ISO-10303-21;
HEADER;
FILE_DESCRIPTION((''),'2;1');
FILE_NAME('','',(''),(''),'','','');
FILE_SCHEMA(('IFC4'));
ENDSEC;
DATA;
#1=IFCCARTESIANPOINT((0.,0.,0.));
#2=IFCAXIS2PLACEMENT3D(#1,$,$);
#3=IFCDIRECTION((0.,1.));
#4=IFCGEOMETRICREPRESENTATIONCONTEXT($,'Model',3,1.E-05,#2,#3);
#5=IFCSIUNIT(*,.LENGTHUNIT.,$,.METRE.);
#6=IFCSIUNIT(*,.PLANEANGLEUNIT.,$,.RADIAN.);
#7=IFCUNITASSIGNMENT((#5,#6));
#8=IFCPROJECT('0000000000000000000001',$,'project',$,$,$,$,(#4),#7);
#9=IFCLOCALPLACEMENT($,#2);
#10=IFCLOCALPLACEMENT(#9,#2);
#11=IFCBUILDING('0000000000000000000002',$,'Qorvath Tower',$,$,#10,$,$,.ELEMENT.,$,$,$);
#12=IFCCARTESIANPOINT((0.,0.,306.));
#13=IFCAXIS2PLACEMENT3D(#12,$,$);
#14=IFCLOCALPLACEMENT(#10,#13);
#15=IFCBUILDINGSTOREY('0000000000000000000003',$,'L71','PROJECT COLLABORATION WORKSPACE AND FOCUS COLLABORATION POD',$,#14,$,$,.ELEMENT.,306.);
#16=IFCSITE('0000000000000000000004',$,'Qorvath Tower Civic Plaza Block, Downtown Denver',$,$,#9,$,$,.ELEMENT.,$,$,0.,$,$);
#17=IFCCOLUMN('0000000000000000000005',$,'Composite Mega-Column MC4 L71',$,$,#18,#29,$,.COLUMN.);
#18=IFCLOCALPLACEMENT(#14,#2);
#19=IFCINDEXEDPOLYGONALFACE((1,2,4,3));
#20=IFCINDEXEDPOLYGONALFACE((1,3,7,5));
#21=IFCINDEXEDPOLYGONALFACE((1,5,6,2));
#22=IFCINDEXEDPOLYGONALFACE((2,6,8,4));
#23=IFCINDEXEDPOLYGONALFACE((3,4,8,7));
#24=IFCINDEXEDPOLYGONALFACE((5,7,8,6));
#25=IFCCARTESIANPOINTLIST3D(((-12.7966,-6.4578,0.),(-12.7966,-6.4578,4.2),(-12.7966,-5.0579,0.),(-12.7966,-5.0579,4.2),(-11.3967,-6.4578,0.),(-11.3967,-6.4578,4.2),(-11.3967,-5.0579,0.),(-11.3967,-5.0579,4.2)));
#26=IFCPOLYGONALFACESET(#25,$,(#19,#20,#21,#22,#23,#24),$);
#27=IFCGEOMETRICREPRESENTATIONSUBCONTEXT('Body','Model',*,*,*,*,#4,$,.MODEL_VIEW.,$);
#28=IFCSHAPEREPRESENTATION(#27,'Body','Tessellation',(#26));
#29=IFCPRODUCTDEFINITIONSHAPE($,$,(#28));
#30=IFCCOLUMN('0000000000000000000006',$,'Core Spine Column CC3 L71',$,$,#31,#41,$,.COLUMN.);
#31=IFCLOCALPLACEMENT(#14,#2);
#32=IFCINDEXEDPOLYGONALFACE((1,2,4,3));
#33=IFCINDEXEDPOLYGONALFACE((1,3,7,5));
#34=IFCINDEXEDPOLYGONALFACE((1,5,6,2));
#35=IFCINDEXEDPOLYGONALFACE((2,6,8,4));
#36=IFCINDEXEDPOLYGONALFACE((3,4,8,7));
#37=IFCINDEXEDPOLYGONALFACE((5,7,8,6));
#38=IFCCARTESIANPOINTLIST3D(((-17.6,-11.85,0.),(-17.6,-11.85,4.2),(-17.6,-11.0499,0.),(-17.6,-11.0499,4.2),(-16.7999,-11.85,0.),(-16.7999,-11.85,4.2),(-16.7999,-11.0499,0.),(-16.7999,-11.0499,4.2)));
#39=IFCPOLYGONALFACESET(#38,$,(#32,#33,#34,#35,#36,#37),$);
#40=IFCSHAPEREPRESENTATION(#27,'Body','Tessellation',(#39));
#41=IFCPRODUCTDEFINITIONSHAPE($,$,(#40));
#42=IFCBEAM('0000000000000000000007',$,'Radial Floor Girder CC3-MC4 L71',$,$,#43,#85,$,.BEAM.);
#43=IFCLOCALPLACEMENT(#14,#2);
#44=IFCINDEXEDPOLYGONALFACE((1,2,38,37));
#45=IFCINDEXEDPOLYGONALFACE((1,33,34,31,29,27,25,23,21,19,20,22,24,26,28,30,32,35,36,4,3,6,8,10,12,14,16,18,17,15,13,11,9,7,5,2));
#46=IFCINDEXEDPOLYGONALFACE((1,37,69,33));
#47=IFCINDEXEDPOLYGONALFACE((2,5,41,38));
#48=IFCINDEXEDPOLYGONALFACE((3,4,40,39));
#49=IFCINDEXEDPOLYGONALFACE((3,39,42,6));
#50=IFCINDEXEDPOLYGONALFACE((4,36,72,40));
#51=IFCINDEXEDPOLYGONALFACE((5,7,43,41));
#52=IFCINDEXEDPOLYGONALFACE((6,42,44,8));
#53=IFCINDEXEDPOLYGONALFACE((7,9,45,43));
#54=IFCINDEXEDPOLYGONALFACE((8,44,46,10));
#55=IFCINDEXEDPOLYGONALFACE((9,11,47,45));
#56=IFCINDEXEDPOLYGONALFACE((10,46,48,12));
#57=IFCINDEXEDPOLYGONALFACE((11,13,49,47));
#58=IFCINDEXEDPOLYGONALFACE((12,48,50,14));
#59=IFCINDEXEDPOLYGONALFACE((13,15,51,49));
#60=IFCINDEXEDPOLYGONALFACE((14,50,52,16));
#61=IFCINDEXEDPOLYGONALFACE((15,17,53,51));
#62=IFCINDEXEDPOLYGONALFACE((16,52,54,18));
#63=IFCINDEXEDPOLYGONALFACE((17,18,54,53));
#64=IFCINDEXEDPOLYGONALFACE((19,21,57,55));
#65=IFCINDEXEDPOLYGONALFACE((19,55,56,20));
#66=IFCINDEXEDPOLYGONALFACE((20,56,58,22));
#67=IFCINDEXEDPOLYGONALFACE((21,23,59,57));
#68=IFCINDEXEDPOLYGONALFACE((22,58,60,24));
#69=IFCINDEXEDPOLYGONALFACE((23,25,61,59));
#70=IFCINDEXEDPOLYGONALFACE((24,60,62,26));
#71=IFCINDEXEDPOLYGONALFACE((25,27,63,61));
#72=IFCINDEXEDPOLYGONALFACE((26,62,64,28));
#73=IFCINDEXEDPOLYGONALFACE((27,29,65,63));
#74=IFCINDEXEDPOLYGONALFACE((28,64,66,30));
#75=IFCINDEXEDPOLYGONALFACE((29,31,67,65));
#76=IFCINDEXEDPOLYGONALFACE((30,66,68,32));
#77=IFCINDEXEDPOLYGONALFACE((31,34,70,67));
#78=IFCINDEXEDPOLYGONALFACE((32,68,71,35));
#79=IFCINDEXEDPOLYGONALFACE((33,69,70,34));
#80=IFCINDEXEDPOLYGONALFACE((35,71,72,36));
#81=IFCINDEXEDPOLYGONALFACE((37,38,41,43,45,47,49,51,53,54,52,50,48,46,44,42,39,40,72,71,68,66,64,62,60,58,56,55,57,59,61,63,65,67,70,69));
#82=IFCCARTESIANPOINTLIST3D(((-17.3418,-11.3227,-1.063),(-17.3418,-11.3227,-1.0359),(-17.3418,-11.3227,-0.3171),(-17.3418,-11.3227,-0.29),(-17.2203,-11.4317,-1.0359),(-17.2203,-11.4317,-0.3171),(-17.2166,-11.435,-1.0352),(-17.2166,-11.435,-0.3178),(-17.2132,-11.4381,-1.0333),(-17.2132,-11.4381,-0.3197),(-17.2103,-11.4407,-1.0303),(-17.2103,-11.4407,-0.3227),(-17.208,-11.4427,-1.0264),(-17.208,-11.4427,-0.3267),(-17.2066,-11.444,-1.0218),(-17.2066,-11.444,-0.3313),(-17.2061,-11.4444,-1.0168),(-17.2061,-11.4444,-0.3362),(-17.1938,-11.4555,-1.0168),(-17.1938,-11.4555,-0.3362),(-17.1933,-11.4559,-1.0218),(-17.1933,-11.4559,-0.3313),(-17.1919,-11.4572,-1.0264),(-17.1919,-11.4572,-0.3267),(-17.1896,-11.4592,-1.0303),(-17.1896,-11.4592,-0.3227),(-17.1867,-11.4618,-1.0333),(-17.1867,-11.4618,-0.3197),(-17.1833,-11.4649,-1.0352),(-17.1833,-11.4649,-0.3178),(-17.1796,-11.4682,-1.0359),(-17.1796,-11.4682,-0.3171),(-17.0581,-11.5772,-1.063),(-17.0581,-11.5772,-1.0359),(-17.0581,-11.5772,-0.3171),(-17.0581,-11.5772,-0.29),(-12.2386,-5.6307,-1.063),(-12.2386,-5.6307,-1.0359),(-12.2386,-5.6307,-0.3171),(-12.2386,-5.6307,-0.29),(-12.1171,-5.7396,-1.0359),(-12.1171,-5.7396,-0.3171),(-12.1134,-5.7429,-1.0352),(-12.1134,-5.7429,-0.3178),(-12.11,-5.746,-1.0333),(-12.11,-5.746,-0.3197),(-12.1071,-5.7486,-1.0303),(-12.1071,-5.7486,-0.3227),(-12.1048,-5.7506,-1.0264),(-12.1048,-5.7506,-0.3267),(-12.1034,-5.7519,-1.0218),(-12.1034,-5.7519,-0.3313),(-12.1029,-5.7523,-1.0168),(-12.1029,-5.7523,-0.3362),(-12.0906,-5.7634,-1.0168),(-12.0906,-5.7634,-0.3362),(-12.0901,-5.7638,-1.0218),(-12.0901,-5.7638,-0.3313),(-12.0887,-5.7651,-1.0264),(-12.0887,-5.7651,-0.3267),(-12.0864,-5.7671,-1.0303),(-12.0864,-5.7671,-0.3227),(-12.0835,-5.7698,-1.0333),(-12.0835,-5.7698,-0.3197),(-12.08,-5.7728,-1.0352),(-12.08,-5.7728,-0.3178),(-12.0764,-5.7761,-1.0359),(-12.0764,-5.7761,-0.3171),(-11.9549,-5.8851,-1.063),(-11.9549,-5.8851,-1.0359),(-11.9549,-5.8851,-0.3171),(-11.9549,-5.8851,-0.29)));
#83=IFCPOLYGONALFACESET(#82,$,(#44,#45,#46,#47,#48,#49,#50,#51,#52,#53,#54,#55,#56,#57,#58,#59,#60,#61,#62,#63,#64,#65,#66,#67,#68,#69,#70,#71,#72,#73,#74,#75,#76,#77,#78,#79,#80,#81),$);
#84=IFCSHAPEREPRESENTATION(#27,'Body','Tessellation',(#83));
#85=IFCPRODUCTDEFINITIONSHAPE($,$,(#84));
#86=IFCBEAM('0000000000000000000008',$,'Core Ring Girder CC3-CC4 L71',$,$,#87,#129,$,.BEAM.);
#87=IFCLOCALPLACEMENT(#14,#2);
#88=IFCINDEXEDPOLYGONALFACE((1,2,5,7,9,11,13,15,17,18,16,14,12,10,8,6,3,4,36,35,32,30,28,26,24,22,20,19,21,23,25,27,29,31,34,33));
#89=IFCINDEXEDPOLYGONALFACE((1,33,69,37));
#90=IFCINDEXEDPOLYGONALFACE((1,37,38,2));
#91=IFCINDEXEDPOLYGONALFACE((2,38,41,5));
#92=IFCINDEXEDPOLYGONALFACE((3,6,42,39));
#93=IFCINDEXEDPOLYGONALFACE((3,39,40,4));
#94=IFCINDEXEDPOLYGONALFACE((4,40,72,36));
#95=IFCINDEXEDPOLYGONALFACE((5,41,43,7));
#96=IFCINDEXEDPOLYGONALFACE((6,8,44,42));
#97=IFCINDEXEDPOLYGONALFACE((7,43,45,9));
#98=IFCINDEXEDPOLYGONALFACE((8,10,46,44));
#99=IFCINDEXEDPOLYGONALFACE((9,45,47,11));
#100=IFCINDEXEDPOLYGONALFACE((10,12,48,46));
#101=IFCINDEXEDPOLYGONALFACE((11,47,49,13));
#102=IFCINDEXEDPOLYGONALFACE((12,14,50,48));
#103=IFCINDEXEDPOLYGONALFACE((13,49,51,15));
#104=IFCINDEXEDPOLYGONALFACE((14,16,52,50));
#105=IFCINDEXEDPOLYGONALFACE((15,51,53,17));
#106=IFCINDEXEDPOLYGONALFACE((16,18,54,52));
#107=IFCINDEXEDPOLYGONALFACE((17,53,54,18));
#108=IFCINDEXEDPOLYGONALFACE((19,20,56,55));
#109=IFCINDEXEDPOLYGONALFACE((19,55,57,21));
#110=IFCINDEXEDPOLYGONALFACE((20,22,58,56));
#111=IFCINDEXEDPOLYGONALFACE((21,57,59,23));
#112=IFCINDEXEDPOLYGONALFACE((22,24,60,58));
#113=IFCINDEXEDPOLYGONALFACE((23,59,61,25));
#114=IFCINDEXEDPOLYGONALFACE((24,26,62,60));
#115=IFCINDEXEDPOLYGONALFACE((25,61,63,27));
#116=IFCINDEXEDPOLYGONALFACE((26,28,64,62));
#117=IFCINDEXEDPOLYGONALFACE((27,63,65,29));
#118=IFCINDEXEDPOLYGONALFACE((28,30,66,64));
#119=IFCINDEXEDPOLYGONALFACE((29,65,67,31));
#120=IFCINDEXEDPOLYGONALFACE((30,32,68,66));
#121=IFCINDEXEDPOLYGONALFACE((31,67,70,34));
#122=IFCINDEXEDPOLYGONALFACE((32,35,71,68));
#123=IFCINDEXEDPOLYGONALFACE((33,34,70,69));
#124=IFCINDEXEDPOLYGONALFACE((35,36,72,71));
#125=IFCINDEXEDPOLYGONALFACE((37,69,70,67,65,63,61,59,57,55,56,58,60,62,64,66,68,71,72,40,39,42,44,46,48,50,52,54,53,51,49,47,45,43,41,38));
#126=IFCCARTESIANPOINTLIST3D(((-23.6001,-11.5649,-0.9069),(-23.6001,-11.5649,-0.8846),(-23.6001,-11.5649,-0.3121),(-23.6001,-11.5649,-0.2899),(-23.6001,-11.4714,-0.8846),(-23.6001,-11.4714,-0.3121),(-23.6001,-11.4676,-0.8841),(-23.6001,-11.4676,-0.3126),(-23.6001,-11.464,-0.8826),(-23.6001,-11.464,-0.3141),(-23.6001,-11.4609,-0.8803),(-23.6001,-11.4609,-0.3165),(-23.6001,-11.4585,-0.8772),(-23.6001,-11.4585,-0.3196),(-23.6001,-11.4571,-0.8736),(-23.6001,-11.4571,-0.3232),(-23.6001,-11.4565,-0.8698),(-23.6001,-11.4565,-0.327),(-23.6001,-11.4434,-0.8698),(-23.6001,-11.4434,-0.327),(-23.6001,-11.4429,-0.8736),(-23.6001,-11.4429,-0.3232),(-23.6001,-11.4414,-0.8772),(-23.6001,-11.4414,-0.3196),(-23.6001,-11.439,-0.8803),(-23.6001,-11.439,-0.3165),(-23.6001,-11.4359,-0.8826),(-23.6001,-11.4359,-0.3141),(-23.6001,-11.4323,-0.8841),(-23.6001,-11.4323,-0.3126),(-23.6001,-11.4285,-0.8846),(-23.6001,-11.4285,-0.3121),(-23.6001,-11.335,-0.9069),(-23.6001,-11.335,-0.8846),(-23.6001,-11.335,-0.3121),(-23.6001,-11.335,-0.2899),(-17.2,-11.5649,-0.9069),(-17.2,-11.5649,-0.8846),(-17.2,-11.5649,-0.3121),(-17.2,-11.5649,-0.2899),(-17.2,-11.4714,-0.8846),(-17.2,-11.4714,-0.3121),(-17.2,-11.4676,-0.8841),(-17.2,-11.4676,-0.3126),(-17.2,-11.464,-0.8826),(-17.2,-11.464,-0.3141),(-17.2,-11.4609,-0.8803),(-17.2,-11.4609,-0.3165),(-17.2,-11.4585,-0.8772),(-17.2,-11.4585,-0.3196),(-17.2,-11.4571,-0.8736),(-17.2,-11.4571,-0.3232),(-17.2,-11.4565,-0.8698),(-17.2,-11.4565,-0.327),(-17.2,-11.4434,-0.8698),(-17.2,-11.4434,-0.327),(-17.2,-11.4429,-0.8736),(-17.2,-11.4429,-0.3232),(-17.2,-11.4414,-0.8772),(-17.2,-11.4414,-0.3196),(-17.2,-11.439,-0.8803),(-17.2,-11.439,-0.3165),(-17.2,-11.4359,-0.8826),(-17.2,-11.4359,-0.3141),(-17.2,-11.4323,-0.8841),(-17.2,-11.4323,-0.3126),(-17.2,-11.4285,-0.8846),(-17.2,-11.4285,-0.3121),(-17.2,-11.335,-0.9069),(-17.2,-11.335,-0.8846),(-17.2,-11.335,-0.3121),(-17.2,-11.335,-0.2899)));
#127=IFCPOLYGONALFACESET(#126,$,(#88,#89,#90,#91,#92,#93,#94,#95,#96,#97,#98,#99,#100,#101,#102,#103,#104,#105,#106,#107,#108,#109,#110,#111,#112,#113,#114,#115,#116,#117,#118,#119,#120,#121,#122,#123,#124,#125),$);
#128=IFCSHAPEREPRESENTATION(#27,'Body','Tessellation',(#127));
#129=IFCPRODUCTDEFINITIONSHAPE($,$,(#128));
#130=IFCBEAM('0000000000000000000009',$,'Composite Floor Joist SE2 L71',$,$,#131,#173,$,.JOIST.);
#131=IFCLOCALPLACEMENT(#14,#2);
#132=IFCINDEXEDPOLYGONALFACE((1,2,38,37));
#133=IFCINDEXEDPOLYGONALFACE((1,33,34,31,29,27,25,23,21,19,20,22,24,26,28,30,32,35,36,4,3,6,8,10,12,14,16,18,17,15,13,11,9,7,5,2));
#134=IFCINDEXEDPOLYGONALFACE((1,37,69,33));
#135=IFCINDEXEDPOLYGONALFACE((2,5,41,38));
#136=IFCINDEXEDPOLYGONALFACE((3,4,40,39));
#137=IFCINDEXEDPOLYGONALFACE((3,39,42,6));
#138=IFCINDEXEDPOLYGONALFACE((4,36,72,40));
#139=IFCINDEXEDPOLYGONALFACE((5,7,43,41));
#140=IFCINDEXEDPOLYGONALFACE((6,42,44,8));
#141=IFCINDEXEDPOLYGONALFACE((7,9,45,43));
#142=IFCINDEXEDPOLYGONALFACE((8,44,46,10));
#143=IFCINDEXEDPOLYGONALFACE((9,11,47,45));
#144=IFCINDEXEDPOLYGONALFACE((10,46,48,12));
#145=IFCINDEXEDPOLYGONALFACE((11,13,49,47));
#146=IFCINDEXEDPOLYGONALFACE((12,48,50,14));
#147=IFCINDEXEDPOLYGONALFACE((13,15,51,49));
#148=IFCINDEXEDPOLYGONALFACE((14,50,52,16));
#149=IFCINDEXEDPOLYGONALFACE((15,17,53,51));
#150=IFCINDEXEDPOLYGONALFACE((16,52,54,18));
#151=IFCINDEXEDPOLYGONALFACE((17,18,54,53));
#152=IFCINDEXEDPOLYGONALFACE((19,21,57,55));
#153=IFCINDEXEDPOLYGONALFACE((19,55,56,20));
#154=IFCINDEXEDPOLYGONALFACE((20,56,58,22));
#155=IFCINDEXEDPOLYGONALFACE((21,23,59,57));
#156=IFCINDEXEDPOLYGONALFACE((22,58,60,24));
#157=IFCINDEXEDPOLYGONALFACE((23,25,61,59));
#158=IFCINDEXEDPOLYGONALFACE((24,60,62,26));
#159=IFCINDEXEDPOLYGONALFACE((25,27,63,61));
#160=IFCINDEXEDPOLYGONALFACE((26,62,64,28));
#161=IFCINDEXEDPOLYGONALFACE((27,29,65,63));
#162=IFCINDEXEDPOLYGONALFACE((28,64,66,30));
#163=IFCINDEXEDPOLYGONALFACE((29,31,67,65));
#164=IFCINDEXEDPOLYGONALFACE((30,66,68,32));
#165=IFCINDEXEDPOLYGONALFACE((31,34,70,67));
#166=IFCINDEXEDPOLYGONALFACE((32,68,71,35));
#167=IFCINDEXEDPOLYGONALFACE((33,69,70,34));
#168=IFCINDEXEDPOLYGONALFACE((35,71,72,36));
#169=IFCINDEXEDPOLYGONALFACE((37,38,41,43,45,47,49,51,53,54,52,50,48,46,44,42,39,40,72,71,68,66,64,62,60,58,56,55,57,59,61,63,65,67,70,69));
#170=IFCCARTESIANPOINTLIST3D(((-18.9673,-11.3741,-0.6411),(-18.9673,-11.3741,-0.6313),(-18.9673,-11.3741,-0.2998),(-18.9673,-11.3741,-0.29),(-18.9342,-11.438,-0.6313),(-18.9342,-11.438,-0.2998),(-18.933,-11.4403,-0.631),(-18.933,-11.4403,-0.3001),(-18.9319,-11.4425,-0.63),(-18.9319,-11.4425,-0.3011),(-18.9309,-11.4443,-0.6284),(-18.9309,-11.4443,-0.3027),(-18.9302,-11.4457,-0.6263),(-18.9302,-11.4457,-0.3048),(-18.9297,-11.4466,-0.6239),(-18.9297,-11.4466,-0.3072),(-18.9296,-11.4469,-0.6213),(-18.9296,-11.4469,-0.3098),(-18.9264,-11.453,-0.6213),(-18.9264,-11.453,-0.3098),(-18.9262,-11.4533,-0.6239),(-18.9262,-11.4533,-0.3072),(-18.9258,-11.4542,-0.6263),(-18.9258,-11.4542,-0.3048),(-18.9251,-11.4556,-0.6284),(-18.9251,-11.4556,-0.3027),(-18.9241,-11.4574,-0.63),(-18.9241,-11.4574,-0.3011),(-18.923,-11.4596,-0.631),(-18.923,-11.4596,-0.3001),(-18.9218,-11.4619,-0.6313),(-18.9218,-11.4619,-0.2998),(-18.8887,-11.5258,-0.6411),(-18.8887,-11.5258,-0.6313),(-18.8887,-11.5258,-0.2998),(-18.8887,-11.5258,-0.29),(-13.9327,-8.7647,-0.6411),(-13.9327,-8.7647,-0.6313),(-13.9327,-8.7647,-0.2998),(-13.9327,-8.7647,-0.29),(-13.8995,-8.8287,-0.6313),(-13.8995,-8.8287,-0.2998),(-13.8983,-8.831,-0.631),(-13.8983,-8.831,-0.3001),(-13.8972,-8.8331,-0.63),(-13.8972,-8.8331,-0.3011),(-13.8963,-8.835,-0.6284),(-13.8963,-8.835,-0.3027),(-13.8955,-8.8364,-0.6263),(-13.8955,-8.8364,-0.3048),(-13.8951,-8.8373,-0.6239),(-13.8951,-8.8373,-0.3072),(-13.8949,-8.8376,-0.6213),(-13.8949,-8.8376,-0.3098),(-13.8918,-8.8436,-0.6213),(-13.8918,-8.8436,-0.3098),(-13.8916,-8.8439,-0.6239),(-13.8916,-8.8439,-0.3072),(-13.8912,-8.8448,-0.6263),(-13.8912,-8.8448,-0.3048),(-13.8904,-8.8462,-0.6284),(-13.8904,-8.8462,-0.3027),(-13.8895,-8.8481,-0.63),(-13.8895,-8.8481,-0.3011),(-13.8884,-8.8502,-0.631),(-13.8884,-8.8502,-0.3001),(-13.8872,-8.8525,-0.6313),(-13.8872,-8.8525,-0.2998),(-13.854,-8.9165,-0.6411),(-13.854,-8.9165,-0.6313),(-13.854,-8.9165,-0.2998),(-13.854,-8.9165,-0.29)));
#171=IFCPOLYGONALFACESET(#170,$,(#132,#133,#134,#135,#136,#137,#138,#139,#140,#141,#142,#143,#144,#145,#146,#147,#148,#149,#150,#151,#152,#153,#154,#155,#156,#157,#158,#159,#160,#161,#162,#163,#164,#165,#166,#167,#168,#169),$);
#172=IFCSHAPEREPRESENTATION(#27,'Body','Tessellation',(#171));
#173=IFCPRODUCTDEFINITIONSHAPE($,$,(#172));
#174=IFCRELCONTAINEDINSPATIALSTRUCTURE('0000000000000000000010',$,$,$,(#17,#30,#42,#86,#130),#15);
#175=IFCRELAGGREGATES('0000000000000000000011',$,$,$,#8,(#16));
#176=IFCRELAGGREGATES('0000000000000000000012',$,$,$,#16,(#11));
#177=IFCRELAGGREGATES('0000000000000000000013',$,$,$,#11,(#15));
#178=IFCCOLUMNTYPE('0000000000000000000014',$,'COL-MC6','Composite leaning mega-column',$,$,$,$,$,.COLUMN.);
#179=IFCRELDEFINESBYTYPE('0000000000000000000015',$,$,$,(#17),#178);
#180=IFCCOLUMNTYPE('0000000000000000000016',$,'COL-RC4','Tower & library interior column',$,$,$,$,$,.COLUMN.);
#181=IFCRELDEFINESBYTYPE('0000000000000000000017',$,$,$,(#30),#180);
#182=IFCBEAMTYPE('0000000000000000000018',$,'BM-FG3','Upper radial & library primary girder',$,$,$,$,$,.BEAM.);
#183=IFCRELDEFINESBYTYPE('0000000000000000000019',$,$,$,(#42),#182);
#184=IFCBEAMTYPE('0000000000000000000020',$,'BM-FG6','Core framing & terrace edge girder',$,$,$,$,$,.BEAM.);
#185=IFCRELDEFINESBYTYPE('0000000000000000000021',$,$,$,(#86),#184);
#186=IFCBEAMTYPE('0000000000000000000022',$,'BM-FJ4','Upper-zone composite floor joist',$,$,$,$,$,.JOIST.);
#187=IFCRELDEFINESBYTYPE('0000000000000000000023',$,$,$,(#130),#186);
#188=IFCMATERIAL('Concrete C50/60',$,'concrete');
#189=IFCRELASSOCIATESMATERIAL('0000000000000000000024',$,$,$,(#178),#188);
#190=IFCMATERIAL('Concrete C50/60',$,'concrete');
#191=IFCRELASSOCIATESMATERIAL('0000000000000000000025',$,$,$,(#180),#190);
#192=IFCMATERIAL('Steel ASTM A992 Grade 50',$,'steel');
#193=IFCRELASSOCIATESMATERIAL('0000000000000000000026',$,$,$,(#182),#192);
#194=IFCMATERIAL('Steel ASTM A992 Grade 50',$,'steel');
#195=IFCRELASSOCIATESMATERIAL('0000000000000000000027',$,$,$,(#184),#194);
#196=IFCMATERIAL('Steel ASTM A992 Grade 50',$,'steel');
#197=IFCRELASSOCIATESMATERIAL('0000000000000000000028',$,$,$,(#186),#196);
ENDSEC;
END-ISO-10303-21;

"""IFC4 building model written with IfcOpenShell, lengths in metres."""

from ifc_helpers import new_model, si_unit, direction, frame, origin, origin_2d, place, context, subcontext, project, spatial, rectangle, i_section, extrude, material, material_profile, profile_set, type_object, element, save


model = new_model("IFC4")

# Units and contexts
model_context = context("Model", 3, precision=1e-05, world=origin(), true_north=direction((0.0, 1.0)))
body_context = subcontext(model_context, "Body", "Model", "MODEL_VIEW")
ifc_project = project(units=[si_unit("LENGTHUNIT", "METRE"), si_unit("PLANEANGLEUNIT", "RADIAN")], contexts=[model_context])

# Site, building, storey
site_placement = place(None, origin())
site = spatial("IfcSite", under=ifc_project, at=site_placement, Name="Qorvath Tower Civic Plaza Block, Downtown Denver", CompositionType="ELEMENT", RefElevation=0.0)
building_placement = place(site_placement, origin())
building = spatial("IfcBuilding", under=site, at=building_placement, Name="Qorvath Tower", CompositionType="ELEMENT")
storey_placement = place(building_placement, frame((0.0, 0.0, 306.0)))
storey = spatial("IfcBuildingStorey", under=building, at=storey_placement, Name="L71", Description="PROJECT COLLABORATION WORKSPACE AND FOCUS COLLABORATION POD", CompositionType="ELEMENT", Elevation=306.0)

# Columns
ifc_material_1 = material(Name="Concrete C50/60", Category="concrete")
ifc_material_profile_1 = material_profile(ifc_material_1, rectangle(XDim=1.3999, YDim=1.3999, at=origin_2d()), Name="MC 1400x1400")
ifc_profile_set_1 = profile_set([ifc_material_profile_1], Name="Concrete C50/60")
column_type_1 = type_object("IfcColumnType", Name="COL-MC6", Description="Composite leaning mega-column", PredefinedType="COLUMN", material=ifc_profile_set_1)
column_1_placement = place(storey_placement, frame((-12.0967, -5.7578, 0.0), z_axis=(0.0, 0.0, 1.0), x_axis=(1.0, 0.0, 0.0)))
element("IfcColumn", 1, at=column_1_placement, inside=storey, type_object=column_type_1, Name="Composite Mega-Column MC4 L71", PredefinedType="COLUMN", context=body_context, shape_type="SweptSolid", body=[
    extrude(rectangle(XDim=1.3999, YDim=1.3999, at=origin_2d()), origin(), (0.0, 0.0, 1.0), 4.2),
])
ifc_material_2 = material(Name="Concrete C50/60", Category="concrete")
ifc_material_profile_2 = material_profile(ifc_material_2, rectangle(XDim=0.8, YDim=0.8, at=origin_2d()), Name="RC 800x800")
ifc_profile_set_2 = profile_set([ifc_material_profile_2], Name="Concrete C50/60")
column_type_2 = type_object("IfcColumnType", Name="COL-RC4", Description="Tower & library interior column", PredefinedType="COLUMN", material=ifc_profile_set_2)
column_2_placement = place(storey_placement, frame((-17.2, -11.45, 0.0), z_axis=(0.0, 0.0, 1.0), x_axis=(1.0, 0.0, 0.0)))
element("IfcColumn", 2, at=column_2_placement, inside=storey, type_object=column_type_2, Name="Core Spine Column CC3 L71", PredefinedType="COLUMN", context=body_context, shape_type="SweptSolid", body=[
    extrude(rectangle(XDim=0.8, YDim=0.8, at=origin_2d()), origin(), (0.0, 0.0, 1.0), 4.2),
])

# Beams
ifc_material_3 = material(Name="Steel ASTM A992 Grade 50", Category="steel")
ifc_material_profile_3 = material_profile(ifc_material_3, i_section(OverallWidth=0.3811, OverallDepth=0.7729, WebThickness=0.0166, FlangeThickness=0.0271, FilletRadius=0.019, at=origin_2d()), Name="W30x173")
ifc_profile_set_3 = profile_set([ifc_material_profile_3], Name="Steel ASTM A992 Grade 50")
beam_type_1 = type_object("IfcBeamType", Name="BM-FG3", Description="Upper radial & library primary girder", PredefinedType="BEAM", material=ifc_profile_set_3)
beam_1_placement = place(storey_placement, frame((-17.2, -11.45, -0.6765), z_axis=(0.667543, 0.744571, 0.0), x_axis=(-0.744571, 0.667543, 0.0)))
element("IfcBeam", 3, at=beam_1_placement, inside=storey, type_object=beam_type_1, Name="Radial Floor Girder CC3-MC4 L71", PredefinedType="BEAM", context=body_context, shape_type="SweptSolid", body=[
    extrude(i_section(OverallWidth=0.3811, OverallDepth=0.7729, WebThickness=0.0166, FlangeThickness=0.0271, FilletRadius=0.019, at=origin_2d()), origin(), (0.0, 0.0, 1.0), 7.6448),
])
ifc_material_4 = material(Name="Steel ASTM A992 Grade 50", Category="steel")
ifc_material_profile_4 = material_profile(ifc_material_4, i_section(OverallWidth=0.23, OverallDepth=0.6169, WebThickness=0.0132, FlangeThickness=0.0222, FilletRadius=0.0149, at=origin_2d()), Name="W24x94")
ifc_profile_set_4 = profile_set([ifc_material_profile_4], Name="Steel ASTM A992 Grade 50")
beam_type_2 = type_object("IfcBeamType", Name="BM-FG6", Description="Core framing & terrace edge girder", PredefinedType="BEAM", material=ifc_profile_set_4)
beam_2_placement = place(storey_placement, frame((-17.2, -11.45, -0.5984), z_axis=(-1.0, 0.0, 0.0), x_axis=(0.0, -1.0, 0.0)))
element("IfcBeam", 4, at=beam_2_placement, inside=storey, type_object=beam_type_2, Name="Core Ring Girder CC3-CC4 L71", PredefinedType="BEAM", context=body_context, shape_type="SweptSolid", body=[
    extrude(i_section(OverallWidth=0.23, OverallDepth=0.6169, WebThickness=0.0132, FlangeThickness=0.0222, FilletRadius=0.0149, at=origin_2d()), origin(), (0.0, 0.0, 1.0), 6.4001),
])
ifc_material_5 = material(Name="Steel ASTM A992 Grade 50", Category="steel")
ifc_material_profile_5 = material_profile(ifc_material_5, i_section(OverallWidth=0.1709, OverallDepth=0.3511, WebThickness=0.0068, FlangeThickness=0.0098, FilletRadius=0.01, at=origin_2d()), Name="W14x30")
ifc_profile_set_5 = profile_set([ifc_material_profile_5], Name="Steel ASTM A992 Grade 50")
beam_type_3 = type_object("IfcBeamType", Name="BM-FJ4", Description="Upper-zone composite floor joist", PredefinedType="JOIST", material=ifc_profile_set_5)
beam_3_placement = place(storey_placement, frame((-18.928, -11.45, -0.4656), z_axis=(0.887841, 0.460151, 0.0), x_axis=(-0.460151, 0.887841, 0.0)))
element("IfcBeam", 5, at=beam_3_placement, inside=storey, type_object=beam_type_3, Name="Composite Floor Joist SE2 L71", PredefinedType="JOIST", context=body_context, shape_type="SweptSolid", body=[
    extrude(i_section(OverallWidth=0.1709, OverallDepth=0.3511, WebThickness=0.0068, FlangeThickness=0.0098, FilletRadius=0.01, at=origin_2d()), origin(), (0.0, 0.0, 1.0), 5.6707),
])

save(model, "model.ifc")
